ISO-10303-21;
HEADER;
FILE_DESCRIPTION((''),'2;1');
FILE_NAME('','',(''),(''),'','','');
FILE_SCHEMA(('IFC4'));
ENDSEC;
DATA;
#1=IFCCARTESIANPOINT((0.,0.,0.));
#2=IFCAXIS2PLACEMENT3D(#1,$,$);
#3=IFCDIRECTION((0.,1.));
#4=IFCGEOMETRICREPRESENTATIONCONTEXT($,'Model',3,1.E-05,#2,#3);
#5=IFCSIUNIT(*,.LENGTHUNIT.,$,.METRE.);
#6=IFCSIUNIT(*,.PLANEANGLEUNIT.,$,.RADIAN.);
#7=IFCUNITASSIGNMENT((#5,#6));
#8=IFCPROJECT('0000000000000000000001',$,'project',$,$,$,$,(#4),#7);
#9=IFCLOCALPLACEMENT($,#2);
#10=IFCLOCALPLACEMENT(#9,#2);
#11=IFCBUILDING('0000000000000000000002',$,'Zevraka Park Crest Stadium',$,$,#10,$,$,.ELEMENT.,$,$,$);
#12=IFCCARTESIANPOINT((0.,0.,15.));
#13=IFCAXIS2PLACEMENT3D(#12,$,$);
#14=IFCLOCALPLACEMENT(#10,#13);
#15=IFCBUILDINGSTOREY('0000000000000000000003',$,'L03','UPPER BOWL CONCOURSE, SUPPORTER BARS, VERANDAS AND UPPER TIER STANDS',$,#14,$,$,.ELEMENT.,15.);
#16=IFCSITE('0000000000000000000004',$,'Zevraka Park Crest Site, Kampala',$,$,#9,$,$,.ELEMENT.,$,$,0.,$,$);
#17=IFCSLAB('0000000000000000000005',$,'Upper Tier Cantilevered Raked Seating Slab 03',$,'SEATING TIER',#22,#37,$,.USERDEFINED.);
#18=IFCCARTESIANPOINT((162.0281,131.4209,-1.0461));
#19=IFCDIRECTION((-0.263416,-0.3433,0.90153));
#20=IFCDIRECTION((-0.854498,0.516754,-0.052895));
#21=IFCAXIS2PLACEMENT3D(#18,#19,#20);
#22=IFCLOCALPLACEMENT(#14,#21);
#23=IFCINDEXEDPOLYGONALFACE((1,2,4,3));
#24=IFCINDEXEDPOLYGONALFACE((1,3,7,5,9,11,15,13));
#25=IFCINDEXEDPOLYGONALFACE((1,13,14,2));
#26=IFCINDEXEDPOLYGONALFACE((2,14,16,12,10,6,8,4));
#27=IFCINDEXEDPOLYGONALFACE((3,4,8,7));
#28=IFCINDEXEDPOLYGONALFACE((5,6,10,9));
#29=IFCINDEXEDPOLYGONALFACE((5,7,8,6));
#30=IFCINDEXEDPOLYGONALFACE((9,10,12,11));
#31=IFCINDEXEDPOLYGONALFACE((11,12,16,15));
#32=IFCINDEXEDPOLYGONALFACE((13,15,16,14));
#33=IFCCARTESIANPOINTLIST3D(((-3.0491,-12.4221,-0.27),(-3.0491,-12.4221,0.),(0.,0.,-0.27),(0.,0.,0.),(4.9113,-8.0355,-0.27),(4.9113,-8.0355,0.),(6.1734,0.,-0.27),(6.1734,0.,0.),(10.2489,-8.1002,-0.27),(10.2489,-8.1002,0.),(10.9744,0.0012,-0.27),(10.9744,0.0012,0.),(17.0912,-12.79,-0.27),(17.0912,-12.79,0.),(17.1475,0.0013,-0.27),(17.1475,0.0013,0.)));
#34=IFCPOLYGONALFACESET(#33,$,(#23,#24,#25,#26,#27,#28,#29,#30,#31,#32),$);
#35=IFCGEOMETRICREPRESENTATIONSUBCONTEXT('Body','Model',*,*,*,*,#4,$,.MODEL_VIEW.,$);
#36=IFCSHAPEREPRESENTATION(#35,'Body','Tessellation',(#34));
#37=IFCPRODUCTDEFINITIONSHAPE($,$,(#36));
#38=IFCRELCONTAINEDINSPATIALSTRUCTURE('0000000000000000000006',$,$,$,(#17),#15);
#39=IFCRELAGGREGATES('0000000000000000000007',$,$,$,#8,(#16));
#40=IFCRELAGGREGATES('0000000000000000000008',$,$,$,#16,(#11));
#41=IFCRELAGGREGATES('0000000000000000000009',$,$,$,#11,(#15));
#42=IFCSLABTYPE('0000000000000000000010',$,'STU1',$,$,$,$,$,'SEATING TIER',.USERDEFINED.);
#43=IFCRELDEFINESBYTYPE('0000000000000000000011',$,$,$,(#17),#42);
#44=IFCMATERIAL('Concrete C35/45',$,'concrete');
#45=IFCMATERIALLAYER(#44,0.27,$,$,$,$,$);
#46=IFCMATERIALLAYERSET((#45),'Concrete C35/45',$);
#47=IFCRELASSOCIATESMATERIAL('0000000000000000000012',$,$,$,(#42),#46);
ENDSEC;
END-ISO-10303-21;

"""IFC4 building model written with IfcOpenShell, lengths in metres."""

from ifc_helpers import new_model, si_unit, direction, frame, origin, place, context, subcontext, project, spatial, polyline, outline, extrude, material, layer, layer_set, type_object, element, save


model = new_model("IFC4")

# Units and contexts
model_context = context("Model", 3, precision=1e-05, world=origin(), true_north=direction((0.0, 1.0)))
body_context = subcontext(model_context, "Body", "Model", "MODEL_VIEW")
ifc_project = project(units=[si_unit("LENGTHUNIT", "METRE"), si_unit("PLANEANGLEUNIT", "RADIAN")], contexts=[model_context])

# Site, building, storey
site_placement = place(None, origin())
site = spatial("IfcSite", under=ifc_project, at=site_placement, Name="Zevraka Park Crest Site, Kampala", CompositionType="ELEMENT", RefElevation=0.0)
building_placement = place(site_placement, origin())
building = spatial("IfcBuilding", under=site, at=building_placement, Name="Zevraka Park Crest Stadium", CompositionType="ELEMENT")
storey_placement = place(building_placement, frame((0.0, 0.0, 15.0)))
storey = spatial("IfcBuildingStorey", under=building, at=storey_placement, Name="L03", Description="UPPER BOWL CONCOURSE, SUPPORTER BARS, VERANDAS AND UPPER TIER STANDS", CompositionType="ELEMENT", Elevation=15.0)

# Slab
ifc_material_1 = material(Name="Concrete C35/45", Category="concrete")
ifc_layer_1 = layer(ifc_material_1, 0.27)
ifc_layer_set_1 = layer_set([ifc_layer_1], Name="Concrete C35/45")
slab_type = type_object("IfcSlabType", Name="STU1", ElementType="SEATING TIER", PredefinedType="USERDEFINED", material=ifc_layer_set_1)
slab_1_placement = place(storey_placement, frame((162.0281, 131.4209, -1.0461), z_axis=(-0.263416, -0.3433, 0.90153), x_axis=(-0.854498, 0.516754, -0.052895)))
element("IfcSlab", 1, at=slab_1_placement, inside=storey, type_object=slab_type, Name="Upper Tier Cantilevered Raked Seating Slab 03", ObjectType="SEATING TIER", PredefinedType="USERDEFINED", context=body_context, shape_type="SweptSolid", body=[
    extrude(outline(polyline([(0.0, 0.0), (6.1734, 0.0), (4.9113, -8.0355), (10.2489, -8.1002), (10.9744, 0.0012), (17.1475, 0.0013), (17.0912, -12.79), (-3.0491, -12.4221), (0.0, 0.0)])), origin(), (0.0, 0.0, -1.0), 0.27),
])

save(model, "model.ifc")
